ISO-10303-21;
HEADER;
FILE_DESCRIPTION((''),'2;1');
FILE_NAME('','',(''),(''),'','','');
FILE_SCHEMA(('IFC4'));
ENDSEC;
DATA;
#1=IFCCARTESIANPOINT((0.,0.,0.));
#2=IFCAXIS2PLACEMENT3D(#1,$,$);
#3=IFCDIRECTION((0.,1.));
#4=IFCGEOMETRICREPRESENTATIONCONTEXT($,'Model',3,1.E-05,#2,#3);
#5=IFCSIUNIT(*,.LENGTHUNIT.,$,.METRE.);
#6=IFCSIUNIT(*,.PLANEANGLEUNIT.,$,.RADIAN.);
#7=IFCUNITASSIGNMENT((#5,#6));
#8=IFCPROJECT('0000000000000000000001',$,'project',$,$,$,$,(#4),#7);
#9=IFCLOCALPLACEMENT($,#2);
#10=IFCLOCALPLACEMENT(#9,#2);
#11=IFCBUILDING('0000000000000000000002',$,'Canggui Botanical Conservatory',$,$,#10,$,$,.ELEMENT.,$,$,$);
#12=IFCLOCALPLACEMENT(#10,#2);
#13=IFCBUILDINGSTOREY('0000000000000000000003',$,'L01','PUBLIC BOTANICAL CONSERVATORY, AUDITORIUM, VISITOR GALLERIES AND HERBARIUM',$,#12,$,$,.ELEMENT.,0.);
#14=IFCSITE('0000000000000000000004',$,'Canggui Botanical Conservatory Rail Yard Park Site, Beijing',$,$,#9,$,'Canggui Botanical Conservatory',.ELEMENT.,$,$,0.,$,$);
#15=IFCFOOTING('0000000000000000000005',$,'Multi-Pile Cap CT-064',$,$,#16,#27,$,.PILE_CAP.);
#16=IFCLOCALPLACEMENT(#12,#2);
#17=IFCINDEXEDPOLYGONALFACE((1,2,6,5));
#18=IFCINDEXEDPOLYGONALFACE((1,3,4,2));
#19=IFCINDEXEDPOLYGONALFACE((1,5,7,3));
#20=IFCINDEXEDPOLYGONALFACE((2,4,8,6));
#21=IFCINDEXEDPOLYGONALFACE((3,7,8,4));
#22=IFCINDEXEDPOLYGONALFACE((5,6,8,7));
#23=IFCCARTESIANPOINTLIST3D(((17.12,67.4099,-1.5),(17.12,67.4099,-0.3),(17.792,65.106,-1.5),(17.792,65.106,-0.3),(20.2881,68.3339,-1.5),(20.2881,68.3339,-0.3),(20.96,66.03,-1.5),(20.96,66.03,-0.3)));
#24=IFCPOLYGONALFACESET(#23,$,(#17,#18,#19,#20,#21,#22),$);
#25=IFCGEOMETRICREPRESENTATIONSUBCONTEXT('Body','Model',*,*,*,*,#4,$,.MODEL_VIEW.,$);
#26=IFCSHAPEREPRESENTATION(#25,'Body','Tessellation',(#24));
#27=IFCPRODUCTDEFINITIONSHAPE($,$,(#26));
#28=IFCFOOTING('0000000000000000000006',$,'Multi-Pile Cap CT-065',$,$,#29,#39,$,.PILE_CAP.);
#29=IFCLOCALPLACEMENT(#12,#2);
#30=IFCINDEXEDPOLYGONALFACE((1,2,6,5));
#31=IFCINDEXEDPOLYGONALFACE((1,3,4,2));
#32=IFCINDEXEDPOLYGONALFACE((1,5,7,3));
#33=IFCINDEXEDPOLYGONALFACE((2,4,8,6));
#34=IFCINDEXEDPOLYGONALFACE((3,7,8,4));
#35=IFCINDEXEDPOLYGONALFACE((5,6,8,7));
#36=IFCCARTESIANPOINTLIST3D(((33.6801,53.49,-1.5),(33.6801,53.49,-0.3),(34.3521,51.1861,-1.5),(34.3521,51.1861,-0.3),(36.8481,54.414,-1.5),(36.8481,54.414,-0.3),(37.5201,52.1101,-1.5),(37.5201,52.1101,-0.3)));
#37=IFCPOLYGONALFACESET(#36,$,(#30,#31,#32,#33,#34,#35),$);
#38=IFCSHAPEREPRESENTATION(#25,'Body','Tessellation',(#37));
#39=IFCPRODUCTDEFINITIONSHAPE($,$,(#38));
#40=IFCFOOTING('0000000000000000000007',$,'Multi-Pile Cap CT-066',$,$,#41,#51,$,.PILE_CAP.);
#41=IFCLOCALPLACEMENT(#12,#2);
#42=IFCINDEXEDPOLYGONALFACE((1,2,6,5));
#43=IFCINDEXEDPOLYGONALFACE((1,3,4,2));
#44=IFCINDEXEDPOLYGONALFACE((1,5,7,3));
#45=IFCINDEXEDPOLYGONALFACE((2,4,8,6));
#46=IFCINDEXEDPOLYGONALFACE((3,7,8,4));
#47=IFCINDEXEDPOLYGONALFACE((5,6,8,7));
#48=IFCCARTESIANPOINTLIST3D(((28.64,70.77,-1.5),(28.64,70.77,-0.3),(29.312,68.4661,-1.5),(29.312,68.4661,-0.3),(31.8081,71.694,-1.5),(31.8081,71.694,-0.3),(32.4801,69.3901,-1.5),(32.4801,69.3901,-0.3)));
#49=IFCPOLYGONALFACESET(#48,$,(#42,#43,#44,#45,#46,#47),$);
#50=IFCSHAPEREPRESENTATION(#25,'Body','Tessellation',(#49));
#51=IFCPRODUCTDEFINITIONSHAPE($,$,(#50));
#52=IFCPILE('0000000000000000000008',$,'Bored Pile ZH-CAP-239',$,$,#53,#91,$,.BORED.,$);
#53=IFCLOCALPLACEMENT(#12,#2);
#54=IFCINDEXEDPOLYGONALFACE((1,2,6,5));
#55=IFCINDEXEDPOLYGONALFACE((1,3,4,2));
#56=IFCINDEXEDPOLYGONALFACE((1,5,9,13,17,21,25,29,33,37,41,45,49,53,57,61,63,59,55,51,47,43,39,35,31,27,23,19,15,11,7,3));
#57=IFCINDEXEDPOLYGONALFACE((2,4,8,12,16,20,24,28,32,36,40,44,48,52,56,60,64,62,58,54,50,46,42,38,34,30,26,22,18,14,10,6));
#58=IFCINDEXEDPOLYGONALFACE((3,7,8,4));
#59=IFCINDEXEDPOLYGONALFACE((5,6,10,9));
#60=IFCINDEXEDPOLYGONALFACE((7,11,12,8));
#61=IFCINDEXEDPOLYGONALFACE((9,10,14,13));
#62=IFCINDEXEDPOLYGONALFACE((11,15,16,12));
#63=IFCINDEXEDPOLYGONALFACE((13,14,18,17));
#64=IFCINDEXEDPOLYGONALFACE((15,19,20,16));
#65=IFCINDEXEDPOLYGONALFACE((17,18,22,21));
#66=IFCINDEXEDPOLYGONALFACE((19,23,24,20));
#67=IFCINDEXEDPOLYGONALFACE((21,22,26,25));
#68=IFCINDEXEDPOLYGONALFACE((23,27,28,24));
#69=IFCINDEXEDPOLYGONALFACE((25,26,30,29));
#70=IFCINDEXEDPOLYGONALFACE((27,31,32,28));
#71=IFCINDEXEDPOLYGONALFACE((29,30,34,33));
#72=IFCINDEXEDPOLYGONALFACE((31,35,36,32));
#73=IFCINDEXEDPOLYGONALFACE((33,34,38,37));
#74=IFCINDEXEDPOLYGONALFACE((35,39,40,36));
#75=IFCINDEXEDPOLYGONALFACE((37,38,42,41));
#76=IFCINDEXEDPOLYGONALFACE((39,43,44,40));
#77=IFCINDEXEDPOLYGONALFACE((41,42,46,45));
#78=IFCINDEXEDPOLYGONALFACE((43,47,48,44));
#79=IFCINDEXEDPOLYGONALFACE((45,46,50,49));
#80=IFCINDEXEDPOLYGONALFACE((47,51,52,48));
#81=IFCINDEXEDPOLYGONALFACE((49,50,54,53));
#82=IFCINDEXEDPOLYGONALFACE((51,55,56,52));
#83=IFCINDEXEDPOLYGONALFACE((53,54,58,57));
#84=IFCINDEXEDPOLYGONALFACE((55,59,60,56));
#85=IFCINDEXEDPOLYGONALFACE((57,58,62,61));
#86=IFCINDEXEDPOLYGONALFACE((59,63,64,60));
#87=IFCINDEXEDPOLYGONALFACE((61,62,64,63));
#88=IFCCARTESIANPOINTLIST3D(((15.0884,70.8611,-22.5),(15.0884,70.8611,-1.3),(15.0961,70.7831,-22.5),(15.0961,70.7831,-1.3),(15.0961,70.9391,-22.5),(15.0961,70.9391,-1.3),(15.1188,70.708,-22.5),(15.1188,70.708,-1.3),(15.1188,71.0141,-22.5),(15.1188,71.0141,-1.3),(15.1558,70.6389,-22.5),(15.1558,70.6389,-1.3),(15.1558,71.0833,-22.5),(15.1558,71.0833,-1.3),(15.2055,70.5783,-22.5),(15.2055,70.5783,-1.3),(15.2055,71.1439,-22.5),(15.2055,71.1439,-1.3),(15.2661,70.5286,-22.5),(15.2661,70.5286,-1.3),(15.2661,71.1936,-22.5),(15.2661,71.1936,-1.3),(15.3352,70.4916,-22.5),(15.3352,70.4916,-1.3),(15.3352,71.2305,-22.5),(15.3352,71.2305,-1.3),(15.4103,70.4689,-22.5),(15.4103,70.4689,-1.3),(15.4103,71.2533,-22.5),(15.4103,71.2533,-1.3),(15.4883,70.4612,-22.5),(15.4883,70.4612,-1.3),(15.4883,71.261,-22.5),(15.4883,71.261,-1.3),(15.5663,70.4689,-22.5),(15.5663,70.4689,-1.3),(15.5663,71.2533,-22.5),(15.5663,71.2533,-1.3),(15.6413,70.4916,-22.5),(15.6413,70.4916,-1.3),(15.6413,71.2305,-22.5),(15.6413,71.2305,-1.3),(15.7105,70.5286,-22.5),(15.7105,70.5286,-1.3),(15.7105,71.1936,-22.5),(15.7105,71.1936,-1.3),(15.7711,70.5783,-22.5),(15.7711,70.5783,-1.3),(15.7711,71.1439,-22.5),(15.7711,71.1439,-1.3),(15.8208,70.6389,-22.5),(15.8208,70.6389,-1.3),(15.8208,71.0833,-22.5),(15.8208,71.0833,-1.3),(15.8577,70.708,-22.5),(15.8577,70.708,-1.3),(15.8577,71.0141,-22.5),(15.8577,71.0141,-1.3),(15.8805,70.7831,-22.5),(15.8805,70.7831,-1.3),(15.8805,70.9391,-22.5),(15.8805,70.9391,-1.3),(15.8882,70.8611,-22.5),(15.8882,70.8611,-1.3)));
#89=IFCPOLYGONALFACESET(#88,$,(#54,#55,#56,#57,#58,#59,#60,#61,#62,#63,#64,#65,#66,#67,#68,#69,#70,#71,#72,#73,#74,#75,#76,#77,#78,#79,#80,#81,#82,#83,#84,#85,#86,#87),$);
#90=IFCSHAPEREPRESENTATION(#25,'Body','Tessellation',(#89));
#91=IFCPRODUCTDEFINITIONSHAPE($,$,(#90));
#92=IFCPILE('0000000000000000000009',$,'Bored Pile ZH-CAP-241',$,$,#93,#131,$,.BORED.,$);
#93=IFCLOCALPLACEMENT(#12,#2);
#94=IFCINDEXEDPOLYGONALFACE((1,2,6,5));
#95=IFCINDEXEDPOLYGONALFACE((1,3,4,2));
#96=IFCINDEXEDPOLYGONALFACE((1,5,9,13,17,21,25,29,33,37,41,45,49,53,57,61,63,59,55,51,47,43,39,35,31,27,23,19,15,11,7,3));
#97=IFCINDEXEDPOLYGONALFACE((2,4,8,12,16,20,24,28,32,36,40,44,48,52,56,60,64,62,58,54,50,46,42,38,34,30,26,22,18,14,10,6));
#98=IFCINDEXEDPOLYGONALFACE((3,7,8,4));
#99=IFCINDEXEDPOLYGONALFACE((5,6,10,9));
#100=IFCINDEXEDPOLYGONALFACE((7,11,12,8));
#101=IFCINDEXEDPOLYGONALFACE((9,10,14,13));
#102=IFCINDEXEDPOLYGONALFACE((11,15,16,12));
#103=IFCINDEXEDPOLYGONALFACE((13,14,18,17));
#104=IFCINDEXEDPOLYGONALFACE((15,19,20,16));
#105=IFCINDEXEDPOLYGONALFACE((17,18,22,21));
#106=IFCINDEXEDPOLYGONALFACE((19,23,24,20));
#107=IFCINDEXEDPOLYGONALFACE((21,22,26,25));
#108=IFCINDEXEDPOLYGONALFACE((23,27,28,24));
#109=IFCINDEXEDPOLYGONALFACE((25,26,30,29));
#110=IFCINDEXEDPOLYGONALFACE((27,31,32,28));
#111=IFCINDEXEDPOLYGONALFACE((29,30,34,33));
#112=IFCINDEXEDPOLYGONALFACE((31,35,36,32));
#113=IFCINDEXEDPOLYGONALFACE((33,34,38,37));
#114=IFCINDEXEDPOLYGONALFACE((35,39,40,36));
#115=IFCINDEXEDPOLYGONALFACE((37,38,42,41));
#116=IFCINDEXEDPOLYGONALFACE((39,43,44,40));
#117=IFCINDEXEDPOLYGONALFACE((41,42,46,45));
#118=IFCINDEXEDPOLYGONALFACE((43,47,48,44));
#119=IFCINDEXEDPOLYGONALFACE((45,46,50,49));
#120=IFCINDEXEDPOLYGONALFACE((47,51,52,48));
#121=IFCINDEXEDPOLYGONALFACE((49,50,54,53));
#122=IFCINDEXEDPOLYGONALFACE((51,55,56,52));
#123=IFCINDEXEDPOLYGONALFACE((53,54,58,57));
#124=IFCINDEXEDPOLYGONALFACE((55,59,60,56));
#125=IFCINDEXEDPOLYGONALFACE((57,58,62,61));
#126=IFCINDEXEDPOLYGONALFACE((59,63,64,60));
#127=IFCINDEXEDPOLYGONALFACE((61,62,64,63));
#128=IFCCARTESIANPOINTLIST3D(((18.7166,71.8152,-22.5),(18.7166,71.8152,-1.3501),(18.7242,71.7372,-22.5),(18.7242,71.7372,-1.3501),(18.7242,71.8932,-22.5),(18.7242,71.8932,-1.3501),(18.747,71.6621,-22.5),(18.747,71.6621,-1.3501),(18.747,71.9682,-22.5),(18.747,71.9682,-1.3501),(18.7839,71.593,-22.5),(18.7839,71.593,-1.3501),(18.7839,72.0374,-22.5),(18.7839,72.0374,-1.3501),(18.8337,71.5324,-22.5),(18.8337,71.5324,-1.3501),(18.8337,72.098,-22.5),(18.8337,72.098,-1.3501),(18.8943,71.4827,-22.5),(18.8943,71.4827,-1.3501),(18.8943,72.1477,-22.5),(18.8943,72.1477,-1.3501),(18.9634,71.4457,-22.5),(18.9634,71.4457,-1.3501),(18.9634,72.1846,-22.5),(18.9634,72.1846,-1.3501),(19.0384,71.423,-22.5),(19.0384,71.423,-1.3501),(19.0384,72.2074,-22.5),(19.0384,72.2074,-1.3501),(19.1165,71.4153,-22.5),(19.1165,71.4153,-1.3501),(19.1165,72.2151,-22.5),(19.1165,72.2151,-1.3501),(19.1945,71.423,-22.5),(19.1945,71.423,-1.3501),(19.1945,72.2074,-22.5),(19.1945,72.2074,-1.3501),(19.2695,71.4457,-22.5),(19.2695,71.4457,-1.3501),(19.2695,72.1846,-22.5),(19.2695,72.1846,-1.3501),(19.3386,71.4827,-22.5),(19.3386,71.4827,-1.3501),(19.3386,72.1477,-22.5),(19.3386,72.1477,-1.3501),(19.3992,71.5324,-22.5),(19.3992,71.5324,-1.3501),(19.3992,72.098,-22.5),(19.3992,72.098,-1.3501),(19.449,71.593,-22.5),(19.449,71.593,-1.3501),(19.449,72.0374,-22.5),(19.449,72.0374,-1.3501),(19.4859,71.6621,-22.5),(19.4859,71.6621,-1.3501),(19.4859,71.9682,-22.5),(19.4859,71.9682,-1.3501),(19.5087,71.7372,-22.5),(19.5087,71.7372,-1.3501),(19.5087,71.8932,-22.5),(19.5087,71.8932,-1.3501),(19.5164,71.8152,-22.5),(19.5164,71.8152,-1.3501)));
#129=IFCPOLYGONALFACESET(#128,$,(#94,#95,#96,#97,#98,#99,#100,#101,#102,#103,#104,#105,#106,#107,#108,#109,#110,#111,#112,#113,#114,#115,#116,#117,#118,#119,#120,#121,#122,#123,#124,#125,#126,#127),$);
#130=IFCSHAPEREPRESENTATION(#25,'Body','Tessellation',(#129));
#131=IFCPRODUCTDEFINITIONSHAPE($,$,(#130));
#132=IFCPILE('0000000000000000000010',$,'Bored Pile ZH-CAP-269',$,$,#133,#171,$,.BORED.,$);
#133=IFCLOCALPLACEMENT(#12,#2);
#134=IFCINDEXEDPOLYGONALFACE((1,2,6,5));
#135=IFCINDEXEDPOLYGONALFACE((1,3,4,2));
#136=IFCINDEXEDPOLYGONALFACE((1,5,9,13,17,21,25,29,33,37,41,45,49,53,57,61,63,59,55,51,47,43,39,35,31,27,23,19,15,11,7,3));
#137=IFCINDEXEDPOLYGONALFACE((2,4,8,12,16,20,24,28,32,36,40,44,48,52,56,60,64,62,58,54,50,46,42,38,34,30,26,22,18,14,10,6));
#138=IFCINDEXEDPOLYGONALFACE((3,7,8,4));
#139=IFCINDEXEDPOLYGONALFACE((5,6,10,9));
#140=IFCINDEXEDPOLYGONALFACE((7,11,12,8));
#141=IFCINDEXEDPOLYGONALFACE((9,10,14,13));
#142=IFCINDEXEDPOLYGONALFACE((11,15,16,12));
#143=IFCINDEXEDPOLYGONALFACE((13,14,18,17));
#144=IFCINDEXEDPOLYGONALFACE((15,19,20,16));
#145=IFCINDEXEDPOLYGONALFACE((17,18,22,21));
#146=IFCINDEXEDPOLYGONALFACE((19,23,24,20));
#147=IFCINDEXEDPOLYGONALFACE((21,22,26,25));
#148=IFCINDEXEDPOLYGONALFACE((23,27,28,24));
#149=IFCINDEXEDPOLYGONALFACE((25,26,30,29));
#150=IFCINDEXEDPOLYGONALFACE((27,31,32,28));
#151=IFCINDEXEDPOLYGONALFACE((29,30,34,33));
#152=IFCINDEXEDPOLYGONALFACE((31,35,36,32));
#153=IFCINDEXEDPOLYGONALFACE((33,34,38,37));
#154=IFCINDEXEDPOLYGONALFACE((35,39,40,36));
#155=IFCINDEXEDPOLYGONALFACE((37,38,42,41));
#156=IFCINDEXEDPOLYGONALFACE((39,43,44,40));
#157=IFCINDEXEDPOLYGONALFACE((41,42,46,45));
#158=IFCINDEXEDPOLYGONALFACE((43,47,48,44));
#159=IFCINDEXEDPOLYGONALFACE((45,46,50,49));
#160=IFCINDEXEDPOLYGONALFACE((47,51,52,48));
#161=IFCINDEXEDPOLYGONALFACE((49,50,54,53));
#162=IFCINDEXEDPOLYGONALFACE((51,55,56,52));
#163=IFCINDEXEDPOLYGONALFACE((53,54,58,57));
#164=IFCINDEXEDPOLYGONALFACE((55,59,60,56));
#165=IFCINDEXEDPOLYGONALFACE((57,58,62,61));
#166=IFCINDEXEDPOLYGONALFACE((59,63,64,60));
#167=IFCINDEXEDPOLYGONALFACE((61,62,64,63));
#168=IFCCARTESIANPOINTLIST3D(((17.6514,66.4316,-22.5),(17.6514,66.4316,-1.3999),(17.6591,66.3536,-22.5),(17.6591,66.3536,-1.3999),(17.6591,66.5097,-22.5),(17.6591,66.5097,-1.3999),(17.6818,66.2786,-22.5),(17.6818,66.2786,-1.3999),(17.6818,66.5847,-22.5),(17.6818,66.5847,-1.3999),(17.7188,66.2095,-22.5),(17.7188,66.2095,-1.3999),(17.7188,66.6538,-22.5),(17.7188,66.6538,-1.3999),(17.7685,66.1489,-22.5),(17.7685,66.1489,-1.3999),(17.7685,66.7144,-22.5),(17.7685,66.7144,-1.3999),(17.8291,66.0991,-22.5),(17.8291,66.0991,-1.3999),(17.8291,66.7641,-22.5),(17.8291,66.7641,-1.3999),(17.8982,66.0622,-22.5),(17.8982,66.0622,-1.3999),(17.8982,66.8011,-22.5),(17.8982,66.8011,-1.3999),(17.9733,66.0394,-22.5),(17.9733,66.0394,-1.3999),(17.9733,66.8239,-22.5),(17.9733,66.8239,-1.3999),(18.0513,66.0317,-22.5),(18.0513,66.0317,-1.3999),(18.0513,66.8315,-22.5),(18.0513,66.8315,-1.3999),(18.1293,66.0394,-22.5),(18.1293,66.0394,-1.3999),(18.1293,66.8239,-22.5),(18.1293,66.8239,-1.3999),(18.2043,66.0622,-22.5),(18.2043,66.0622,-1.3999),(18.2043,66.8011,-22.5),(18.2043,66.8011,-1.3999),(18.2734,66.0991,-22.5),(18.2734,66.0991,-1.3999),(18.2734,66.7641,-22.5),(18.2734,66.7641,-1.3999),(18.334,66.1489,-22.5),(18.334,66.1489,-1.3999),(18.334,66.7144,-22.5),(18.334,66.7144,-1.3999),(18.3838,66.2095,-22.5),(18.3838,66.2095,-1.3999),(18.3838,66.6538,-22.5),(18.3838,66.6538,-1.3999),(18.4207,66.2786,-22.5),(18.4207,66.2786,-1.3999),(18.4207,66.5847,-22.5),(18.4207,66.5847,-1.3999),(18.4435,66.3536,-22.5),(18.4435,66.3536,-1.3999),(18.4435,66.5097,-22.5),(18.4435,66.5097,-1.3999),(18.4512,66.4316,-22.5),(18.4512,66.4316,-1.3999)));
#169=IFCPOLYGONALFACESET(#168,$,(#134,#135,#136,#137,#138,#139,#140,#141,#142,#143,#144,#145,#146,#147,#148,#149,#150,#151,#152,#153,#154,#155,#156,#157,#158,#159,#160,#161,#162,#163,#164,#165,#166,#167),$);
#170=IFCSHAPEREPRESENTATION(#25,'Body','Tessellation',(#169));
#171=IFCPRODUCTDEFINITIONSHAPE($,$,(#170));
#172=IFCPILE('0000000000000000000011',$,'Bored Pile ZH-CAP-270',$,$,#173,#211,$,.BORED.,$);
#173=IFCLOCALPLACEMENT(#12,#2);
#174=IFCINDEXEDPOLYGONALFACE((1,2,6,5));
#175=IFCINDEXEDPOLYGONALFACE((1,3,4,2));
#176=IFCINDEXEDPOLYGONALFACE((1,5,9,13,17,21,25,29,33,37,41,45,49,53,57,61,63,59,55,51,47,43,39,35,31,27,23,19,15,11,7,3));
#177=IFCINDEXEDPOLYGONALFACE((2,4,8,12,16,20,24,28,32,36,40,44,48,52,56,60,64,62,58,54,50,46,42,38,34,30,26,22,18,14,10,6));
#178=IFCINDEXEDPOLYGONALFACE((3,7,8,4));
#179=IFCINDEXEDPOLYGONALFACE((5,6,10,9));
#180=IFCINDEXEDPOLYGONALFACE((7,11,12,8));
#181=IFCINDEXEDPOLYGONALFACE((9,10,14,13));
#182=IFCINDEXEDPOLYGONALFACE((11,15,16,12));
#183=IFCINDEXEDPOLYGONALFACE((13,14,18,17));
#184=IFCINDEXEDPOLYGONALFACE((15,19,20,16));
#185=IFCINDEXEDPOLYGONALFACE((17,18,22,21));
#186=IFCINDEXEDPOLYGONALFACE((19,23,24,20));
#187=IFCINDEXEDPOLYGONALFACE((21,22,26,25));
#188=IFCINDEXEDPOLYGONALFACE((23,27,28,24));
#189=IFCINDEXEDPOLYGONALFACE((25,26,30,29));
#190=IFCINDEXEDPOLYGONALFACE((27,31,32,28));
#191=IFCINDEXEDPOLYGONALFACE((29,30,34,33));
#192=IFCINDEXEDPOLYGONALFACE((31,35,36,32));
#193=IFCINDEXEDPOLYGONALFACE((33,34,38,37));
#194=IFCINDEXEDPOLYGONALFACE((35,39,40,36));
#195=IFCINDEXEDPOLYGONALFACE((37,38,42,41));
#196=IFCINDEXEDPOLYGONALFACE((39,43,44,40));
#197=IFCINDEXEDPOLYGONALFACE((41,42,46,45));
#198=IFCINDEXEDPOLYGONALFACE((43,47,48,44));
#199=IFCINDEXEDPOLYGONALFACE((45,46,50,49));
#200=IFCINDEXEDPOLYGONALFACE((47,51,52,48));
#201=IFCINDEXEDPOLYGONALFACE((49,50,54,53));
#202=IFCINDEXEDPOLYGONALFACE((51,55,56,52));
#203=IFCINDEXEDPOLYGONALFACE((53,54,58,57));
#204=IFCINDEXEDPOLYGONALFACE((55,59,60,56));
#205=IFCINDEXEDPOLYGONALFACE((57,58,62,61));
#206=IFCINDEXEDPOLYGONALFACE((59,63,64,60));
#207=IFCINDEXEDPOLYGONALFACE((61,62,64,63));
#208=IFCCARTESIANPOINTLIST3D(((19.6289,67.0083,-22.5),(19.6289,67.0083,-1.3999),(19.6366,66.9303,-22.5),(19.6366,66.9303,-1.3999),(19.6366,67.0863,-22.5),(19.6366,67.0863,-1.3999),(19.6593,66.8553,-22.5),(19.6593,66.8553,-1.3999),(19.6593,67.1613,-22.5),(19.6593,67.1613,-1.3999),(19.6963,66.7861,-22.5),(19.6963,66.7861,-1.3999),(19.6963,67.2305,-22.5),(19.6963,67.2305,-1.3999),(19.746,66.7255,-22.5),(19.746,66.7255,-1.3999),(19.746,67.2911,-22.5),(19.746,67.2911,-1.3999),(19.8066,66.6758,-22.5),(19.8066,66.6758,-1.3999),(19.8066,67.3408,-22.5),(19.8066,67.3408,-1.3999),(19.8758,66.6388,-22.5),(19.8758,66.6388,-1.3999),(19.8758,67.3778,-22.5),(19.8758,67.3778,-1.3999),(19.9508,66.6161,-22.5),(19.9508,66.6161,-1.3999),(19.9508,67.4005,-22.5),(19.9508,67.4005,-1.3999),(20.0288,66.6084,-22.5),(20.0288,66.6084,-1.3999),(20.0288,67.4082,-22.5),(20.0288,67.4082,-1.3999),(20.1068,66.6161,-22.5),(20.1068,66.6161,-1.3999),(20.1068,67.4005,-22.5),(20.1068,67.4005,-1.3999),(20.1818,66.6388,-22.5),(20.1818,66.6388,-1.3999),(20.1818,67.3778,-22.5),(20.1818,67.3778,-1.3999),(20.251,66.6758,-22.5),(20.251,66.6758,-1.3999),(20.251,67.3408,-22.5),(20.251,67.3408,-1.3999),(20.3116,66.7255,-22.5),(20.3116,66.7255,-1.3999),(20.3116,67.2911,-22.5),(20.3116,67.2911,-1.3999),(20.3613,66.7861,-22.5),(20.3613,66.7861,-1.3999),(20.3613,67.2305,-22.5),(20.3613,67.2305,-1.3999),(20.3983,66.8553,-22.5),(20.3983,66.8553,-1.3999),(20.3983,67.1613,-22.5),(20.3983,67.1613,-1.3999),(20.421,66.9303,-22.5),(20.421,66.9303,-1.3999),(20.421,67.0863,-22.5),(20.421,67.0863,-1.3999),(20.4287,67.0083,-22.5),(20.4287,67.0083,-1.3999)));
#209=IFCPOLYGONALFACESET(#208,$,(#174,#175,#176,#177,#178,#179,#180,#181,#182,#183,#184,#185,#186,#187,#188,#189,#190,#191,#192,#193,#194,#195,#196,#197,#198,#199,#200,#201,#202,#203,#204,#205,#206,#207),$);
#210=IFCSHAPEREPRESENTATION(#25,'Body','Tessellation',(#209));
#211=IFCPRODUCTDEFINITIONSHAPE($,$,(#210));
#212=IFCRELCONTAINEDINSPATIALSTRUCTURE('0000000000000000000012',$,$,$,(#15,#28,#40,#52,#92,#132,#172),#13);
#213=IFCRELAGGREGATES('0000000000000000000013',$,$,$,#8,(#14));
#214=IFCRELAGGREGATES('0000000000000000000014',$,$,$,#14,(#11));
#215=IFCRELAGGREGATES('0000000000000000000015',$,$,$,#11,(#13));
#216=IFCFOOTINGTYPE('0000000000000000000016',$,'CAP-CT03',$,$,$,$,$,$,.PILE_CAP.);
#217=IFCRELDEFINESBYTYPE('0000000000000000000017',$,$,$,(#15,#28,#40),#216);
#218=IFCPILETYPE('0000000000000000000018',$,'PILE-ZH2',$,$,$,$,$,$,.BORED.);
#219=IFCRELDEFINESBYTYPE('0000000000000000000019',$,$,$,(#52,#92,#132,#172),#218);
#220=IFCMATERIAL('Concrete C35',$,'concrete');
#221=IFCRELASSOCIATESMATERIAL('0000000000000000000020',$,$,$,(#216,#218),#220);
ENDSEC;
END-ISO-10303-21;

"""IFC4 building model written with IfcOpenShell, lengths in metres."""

from ifc_helpers import new_model, si_unit, direction, frame, origin, origin_2d, place, context, subcontext, project, spatial, rectangle, circle, extrude, material, material_profile, profile_set, type_object, element, save


model = new_model("IFC4")

# Units and contexts
model_context = context("Model", 3, precision=1e-05, world=origin(), true_north=direction((0.0, 1.0)))
body_context = subcontext(model_context, "Body", "Model", "MODEL_VIEW")
ifc_project = project(units=[si_unit("LENGTHUNIT", "METRE"), si_unit("PLANEANGLEUNIT", "RADIAN")], contexts=[model_context])

# Site, building, storey
site_placement = place(None, origin())
site = spatial("IfcSite", under=ifc_project, at=site_placement, Name="Canggui Botanical Conservatory Rail Yard Park Site, Beijing", LongName="Canggui Botanical Conservatory", CompositionType="ELEMENT", RefElevation=0.0)
building_placement = place(site_placement, origin())
building = spatial("IfcBuilding", under=site, at=building_placement, Name="Canggui Botanical Conservatory", CompositionType="ELEMENT")
storey_placement = place(building_placement, origin())
storey = spatial("IfcBuildingStorey", under=building, at=storey_placement, Name="L01", Description="PUBLIC BOTANICAL CONSERVATORY, AUDITORIUM, VISITOR GALLERIES AND HERBARIUM", CompositionType="ELEMENT", Elevation=0.0)

# Footings
ifc_material_1 = material(Name="Concrete C35", Category="concrete")
footing_type = type_object("IfcFootingType", Name="CAP-CT03", PredefinedType="PILE_CAP", material=ifc_material_1)
for number, where, z_axis, x_axis, name in (
    (1, (19.04, 66.72, -1.5), (0.0, 0.0, 1.0), (0.96, 0.28, 0.0), "Multi-Pile Cap CT-064"),
    (2, (35.6001, 52.8, -1.5), (0.0, 0.0, 1.0), (0.96, 0.28, 0.0), "Multi-Pile Cap CT-065"),
    (3, (30.5601, 70.0801, -1.5), (0.0, 0.0, 1.0), (0.96, 0.28, 0.0), "Multi-Pile Cap CT-066"),
):
    element("IfcFooting", number, at=place(storey_placement, frame(where, z_axis=z_axis, x_axis=x_axis)), inside=storey, type_object=footing_type, Name=name, PredefinedType="PILE_CAP", context=body_context, shape_type="SweptSolid", body=[
        extrude(rectangle(XDim=3.3, YDim=2.3999, at=origin_2d()), origin(), (0.0, 0.0, 1.0), 1.2),
    ])

# Piles
ifc_material_profile_1 = material_profile(ifc_material_1, circle(Radius=0.3999, at=origin_2d()), Name="PILE D800")
ifc_profile_set_1 = profile_set([ifc_material_profile_1], Name="Concrete C35")
pile_type = type_object("IfcPileType", Name="PILE-ZH2", PredefinedType="BORED", material=ifc_profile_set_1)
pile_1_placement = place(storey_placement, frame((15.4883, 70.8611, -1.3), z_axis=(0.0, 0.0, -1.0), x_axis=(1.0, 0.0, 0.0)))
element("IfcPile", 4, at=pile_1_placement, inside=storey, type_object=pile_type, Name="Bored Pile ZH-CAP-239", PredefinedType="BORED", context=body_context, shape_type="SweptSolid", body=[
    extrude(circle(Radius=0.3999, at=origin_2d()), origin(), (0.0, 0.0, 1.0), 21.2),
])
pile_2_placement = place(storey_placement, frame((19.1165, 71.8152, -1.3501), z_axis=(0.0, 0.0, -1.0), x_axis=(1.0, 0.0, 0.0)))
element("IfcPile", 5, at=pile_2_placement, inside=storey, type_object=pile_type, Name="Bored Pile ZH-CAP-241", PredefinedType="BORED", context=body_context, shape_type="SweptSolid", body=[
    extrude(circle(Radius=0.3999, at=origin_2d()), origin(), (0.0, 0.0, 1.0), 21.1499),
])
for number, where, z_axis, x_axis, name in (
    (6, (18.0513, 66.4316, -1.3999), (0.0, 0.0, -1.0), (1.0, 0.0, 0.0), "Bored Pile ZH-CAP-269"),
    (7, (20.0288, 67.0083, -1.3999), (0.0, 0.0, -1.0), (1.0, 0.0, 0.0), "Bored Pile ZH-CAP-270"),
):
    element("IfcPile", number, at=place(storey_placement, frame(where, z_axis=z_axis, x_axis=x_axis)), inside=storey, type_object=pile_type, Name=name, PredefinedType="BORED", context=body_context, shape_type="SweptSolid", body=[
        extrude(circle(Radius=0.3999, at=origin_2d()), origin(), (0.0, 0.0, 1.0), 21.1001),
    ])

save(model, "model.ifc")
